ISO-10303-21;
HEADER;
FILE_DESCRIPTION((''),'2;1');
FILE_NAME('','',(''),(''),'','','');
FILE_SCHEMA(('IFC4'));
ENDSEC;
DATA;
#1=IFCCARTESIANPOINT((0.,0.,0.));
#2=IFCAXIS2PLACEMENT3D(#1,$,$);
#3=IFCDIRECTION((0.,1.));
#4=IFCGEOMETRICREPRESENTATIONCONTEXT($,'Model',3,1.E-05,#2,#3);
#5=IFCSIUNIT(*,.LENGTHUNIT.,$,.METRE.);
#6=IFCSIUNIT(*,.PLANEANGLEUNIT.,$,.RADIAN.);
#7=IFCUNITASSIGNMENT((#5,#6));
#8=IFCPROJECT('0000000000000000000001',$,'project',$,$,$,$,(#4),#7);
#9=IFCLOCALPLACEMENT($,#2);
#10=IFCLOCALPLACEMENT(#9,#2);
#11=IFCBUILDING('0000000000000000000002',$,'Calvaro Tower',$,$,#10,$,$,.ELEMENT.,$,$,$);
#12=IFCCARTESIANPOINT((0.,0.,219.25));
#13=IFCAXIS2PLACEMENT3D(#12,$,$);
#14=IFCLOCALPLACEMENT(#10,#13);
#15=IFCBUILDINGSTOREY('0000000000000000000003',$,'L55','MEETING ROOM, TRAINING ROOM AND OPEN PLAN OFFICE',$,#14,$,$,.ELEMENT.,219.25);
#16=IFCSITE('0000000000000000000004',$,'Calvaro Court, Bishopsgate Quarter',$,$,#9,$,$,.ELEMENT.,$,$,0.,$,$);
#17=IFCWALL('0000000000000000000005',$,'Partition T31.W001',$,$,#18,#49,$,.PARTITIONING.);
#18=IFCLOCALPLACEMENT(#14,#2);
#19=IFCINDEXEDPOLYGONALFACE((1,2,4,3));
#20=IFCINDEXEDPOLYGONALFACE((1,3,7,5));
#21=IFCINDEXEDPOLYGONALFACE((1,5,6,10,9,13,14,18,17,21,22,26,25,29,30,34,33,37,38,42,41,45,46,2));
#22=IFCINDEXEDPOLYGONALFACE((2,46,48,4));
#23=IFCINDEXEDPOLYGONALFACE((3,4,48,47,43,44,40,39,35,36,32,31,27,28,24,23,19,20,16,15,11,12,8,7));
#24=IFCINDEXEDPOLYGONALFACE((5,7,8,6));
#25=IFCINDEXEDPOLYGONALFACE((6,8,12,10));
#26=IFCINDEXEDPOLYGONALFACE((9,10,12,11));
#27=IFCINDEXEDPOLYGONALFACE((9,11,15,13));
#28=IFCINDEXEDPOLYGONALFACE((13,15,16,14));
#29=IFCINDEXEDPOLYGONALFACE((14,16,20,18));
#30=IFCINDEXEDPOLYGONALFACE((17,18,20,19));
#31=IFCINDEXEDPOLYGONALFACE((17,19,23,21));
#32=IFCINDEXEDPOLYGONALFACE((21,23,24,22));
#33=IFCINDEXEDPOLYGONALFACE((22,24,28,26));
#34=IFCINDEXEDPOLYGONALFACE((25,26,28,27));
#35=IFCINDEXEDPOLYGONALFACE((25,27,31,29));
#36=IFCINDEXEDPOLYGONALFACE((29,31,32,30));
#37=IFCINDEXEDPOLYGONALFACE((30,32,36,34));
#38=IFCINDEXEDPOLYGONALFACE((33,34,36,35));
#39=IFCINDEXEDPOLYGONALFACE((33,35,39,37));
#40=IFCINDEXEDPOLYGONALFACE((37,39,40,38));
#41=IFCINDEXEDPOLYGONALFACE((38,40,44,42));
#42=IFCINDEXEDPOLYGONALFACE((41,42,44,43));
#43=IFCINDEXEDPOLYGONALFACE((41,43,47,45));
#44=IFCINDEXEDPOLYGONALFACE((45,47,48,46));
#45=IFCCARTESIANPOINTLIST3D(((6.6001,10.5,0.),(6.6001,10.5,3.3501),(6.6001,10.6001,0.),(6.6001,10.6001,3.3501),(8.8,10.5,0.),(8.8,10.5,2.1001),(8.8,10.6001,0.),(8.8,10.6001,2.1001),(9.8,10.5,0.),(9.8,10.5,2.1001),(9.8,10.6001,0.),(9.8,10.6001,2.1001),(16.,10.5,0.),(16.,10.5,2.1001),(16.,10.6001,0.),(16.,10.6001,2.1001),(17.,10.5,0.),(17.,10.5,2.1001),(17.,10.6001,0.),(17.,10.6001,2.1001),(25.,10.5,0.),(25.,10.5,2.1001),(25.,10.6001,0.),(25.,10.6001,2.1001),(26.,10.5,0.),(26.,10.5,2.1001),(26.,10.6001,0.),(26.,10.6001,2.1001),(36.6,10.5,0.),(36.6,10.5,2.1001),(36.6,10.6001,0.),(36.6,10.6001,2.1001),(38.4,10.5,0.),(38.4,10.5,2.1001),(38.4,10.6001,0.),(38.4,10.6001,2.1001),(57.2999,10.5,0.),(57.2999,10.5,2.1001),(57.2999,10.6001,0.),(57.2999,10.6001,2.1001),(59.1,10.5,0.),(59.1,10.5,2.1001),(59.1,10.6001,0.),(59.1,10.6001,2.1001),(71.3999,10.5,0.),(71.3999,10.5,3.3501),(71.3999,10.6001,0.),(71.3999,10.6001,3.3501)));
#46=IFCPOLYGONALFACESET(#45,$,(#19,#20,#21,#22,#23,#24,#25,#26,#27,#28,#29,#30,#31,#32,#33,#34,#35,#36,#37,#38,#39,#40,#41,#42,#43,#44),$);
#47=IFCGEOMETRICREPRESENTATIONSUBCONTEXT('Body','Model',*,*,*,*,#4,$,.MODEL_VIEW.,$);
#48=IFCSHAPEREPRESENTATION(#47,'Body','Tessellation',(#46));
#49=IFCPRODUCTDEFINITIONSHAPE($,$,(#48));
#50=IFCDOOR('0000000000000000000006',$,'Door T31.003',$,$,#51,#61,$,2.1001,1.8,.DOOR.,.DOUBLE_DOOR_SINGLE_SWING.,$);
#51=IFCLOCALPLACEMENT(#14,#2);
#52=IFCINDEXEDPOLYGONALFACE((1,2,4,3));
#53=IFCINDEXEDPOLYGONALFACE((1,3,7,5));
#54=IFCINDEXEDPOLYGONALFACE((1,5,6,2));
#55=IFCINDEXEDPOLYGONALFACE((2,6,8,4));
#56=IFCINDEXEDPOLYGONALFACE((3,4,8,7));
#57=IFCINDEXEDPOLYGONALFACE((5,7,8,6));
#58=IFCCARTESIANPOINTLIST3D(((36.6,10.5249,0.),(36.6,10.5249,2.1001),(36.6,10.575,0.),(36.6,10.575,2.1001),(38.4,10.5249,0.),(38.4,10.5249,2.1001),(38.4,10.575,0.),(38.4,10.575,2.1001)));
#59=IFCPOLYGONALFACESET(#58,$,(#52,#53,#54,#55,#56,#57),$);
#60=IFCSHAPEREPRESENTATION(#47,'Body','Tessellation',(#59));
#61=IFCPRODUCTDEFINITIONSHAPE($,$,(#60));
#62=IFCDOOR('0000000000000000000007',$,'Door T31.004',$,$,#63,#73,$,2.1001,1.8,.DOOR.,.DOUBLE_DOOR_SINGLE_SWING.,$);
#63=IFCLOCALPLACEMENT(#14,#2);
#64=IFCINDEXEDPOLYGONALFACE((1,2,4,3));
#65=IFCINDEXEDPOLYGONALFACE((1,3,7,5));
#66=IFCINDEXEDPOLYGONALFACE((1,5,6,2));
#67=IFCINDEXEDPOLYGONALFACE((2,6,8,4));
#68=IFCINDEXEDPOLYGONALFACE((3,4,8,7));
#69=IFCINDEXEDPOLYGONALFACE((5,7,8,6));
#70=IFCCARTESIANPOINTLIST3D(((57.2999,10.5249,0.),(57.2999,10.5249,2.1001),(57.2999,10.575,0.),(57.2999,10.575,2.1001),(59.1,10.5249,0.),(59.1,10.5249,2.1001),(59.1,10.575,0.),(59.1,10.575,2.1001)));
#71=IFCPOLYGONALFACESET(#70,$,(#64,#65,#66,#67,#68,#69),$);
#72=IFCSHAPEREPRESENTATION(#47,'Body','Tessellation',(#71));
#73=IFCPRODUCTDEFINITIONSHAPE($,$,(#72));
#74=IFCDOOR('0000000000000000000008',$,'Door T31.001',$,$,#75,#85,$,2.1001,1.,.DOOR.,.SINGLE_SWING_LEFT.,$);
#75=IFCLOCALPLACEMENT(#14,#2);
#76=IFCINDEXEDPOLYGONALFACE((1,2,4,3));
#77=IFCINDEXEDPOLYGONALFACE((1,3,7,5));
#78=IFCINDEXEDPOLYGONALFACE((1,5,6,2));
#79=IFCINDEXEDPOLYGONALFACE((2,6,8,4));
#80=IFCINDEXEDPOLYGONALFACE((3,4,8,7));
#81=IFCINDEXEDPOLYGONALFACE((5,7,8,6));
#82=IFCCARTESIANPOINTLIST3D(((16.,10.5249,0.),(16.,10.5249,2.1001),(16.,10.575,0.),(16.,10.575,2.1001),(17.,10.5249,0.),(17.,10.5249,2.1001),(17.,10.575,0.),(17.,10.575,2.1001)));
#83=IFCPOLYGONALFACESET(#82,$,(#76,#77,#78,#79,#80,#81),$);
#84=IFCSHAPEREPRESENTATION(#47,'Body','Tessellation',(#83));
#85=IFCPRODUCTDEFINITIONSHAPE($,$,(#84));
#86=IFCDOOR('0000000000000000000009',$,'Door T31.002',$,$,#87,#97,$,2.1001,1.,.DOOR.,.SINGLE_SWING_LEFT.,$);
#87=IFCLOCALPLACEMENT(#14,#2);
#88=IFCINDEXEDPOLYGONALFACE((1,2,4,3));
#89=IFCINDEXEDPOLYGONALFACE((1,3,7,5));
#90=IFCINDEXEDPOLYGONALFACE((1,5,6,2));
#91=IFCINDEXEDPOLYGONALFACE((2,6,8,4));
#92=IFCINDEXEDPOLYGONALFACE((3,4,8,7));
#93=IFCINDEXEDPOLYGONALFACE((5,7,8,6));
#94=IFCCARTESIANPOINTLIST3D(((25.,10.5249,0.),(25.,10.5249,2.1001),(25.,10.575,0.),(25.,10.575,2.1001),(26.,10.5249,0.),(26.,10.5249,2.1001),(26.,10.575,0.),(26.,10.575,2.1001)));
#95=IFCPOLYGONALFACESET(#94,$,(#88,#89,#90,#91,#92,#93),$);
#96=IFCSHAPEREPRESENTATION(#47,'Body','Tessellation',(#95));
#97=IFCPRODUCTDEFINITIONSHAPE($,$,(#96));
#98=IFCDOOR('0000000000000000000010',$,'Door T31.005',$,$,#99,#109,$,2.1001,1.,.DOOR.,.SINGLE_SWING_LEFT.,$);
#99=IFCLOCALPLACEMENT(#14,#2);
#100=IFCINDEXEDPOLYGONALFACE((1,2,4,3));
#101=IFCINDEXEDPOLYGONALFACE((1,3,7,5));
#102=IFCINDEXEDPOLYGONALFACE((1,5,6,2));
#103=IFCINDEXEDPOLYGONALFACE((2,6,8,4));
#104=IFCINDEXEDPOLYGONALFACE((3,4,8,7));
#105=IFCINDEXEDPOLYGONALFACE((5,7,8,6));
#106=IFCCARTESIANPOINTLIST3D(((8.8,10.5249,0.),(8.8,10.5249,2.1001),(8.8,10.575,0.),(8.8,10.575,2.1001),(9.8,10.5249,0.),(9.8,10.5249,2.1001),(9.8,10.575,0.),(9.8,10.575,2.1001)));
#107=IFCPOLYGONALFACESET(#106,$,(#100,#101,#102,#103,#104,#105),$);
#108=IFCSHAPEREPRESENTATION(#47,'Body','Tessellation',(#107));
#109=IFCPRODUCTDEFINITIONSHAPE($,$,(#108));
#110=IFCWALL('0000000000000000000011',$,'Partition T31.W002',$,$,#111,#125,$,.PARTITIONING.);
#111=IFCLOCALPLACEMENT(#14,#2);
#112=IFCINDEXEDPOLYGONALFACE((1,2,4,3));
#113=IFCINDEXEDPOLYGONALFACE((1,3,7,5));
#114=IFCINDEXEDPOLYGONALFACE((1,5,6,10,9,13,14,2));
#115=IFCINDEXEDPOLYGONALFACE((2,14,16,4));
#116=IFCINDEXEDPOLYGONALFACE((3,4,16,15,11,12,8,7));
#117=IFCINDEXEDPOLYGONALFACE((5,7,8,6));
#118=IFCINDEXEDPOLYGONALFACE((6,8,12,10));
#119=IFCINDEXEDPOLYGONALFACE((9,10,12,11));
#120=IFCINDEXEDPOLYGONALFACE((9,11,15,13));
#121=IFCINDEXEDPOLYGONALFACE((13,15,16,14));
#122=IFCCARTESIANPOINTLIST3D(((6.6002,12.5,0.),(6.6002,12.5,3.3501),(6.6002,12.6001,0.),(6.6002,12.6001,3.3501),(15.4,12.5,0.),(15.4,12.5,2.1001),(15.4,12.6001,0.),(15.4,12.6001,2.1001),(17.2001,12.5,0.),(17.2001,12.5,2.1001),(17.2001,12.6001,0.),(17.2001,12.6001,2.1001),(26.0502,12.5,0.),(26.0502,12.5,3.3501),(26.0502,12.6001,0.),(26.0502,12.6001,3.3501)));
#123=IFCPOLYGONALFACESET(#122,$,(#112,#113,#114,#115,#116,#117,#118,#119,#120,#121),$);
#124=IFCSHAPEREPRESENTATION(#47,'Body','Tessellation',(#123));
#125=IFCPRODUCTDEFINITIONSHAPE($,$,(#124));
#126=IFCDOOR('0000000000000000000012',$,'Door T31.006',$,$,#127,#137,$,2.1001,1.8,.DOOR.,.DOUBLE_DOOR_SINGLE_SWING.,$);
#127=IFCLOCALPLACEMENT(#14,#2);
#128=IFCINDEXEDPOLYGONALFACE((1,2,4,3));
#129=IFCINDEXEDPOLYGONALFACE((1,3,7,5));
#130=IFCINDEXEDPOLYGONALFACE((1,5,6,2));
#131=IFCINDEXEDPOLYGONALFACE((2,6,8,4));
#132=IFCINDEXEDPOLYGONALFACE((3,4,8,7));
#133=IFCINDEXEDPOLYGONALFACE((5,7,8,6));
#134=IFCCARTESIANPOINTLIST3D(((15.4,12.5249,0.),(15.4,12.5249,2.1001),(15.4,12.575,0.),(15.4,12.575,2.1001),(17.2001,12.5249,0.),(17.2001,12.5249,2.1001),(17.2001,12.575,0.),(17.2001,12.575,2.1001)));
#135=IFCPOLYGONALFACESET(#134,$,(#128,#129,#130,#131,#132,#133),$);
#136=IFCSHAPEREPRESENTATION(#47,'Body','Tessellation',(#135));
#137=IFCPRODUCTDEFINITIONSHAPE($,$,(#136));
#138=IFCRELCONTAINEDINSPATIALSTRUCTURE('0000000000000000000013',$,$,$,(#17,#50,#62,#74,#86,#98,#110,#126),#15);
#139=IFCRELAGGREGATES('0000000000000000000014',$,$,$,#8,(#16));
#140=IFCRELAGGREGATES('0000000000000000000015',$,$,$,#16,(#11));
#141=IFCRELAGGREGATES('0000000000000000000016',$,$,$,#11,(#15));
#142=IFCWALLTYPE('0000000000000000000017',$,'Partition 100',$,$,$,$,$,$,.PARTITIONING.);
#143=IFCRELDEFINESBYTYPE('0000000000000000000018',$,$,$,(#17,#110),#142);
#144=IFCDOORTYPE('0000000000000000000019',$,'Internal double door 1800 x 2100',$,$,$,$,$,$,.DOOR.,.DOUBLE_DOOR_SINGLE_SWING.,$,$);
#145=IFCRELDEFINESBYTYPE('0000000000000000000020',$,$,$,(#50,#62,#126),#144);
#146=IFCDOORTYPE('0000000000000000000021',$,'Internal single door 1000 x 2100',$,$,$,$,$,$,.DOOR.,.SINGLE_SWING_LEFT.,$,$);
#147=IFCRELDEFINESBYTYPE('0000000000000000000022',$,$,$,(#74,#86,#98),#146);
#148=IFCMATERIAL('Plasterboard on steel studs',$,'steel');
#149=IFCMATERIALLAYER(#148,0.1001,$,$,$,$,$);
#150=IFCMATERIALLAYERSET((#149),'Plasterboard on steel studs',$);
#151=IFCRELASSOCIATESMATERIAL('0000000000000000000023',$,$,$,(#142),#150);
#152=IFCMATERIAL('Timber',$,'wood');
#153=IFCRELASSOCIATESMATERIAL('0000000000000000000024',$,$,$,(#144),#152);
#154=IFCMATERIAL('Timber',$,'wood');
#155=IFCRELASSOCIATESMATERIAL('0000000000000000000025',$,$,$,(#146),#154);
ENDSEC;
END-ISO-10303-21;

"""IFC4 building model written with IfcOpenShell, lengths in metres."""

from ifc_helpers import new_model, si_unit, direction, frame, frame_2d, origin, place, context, subcontext, project, spatial, rectangle, extrude, material, layer, layer_set, type_object, element, fill, save


model = new_model("IFC4")

# Units and contexts
model_context = context("Model", 3, precision=1e-05, world=origin(), true_north=direction((0.0, 1.0)))
body_context = subcontext(model_context, "Body", "Model", "MODEL_VIEW")
ifc_project = project(units=[si_unit("LENGTHUNIT", "METRE"), si_unit("PLANEANGLEUNIT", "RADIAN")], contexts=[model_context])

# Site, building, storey
site_placement = place(None, origin())
site = spatial("IfcSite", under=ifc_project, at=site_placement, Name="Calvaro Court, Bishopsgate Quarter", CompositionType="ELEMENT", RefElevation=0.0)
building_placement = place(site_placement, origin())
building = spatial("IfcBuilding", under=site, at=building_placement, Name="Calvaro Tower", CompositionType="ELEMENT")
storey_placement = place(building_placement, frame((0.0, 0.0, 219.25)))
storey = spatial("IfcBuildingStorey", under=building, at=storey_placement, Name="L55", Description="MEETING ROOM, TRAINING ROOM AND OPEN PLAN OFFICE", CompositionType="ELEMENT", Elevation=219.25)

# Wall, openings, doors
ifc_material_1 = material(Name="Plasterboard on steel studs", Category="steel")
ifc_layer_1 = layer(ifc_material_1, 0.1001)
ifc_layer_set_1 = layer_set([ifc_layer_1], Name="Plasterboard on steel studs")
wall_type_1 = type_object("IfcWallType", Name="Partition 100", PredefinedType="PARTITIONING", material=ifc_layer_set_1)
wall_1_placement = place(storey_placement, frame((6.6001, 10.55, 0.0), z_axis=(0.0, 0.0, 1.0), x_axis=(1.0, 0.0, 0.0)))
wall_1 = element("IfcWall", 1, at=wall_1_placement, inside=storey, type_object=wall_type_1, Name="Partition T31.W001", PredefinedType="PARTITIONING", context=body_context, shape_type="SweptSolid", body=[
    extrude(rectangle(XDim=64.7998, YDim=0.1001, at=frame_2d((32.3999, 0.0))), origin(), (0.0, 0.0, 1.0), 3.3501),
])
opening_1_placement = place(wall_1_placement, frame((9.3999, 0.0, 0.0)))
opening_1 = element("IfcOpeningElement", 2, at=opening_1_placement, cuts=wall_1, PredefinedType="OPENING", context=body_context, shape_type="SweptSolid", body=[
    extrude(rectangle(XDim=1.0, YDim=2.1001, at=frame_2d((0.5, 1.05))), frame((0.0, 0.0601, 0.0), z_axis=(0.0, -1.0, 0.0), x_axis=(1.0, 0.0, 0.0)), (0.0, 0.0, 1.0), 0.1201),
])
opening_2_placement = place(wall_1_placement, frame((18.3999, 0.0, 0.0)))
opening_2 = element("IfcOpeningElement", 3, at=opening_2_placement, cuts=wall_1, PredefinedType="OPENING", context=body_context, shape_type="SweptSolid", body=[
    extrude(rectangle(XDim=1.0, YDim=2.1001, at=frame_2d((0.5, 1.05))), frame((0.0, 0.0601, 0.0), z_axis=(0.0, -1.0, 0.0), x_axis=(1.0, 0.0, 0.0)), (0.0, 0.0, 1.0), 0.1201),
])
opening_3_placement = place(wall_1_placement, frame((30.0, 0.0, 0.0)))
opening_3 = element("IfcOpeningElement", 4, at=opening_3_placement, cuts=wall_1, PredefinedType="OPENING", context=body_context, shape_type="SweptSolid", body=[
    extrude(rectangle(XDim=1.8, YDim=2.1001, at=frame_2d((0.8999, 1.05))), frame((0.0, 0.0601, 0.0), z_axis=(0.0, -1.0, 0.0), x_axis=(1.0, 0.0, 0.0)), (0.0, 0.0, 1.0), 0.1201),
])
opening_4_placement = place(wall_1_placement, frame((50.7, 0.0, 0.0)))
opening_4 = element("IfcOpeningElement", 5, at=opening_4_placement, cuts=wall_1, PredefinedType="OPENING", context=body_context, shape_type="SweptSolid", body=[
    extrude(rectangle(XDim=1.8, YDim=2.1001, at=frame_2d((0.8999, 1.05))), frame((0.0, 0.0601, 0.0), z_axis=(0.0, -1.0, 0.0), x_axis=(1.0, 0.0, 0.0)), (0.0, 0.0, 1.0), 0.1201),
])
opening_5_placement = place(wall_1_placement, frame((2.2, 0.0, 0.0)))
opening_5 = element("IfcOpeningElement", 6, at=opening_5_placement, cuts=wall_1, PredefinedType="OPENING", context=body_context, shape_type="SweptSolid", body=[
    extrude(rectangle(XDim=1.0, YDim=2.1001, at=frame_2d((0.5, 1.05))), frame((0.0, 0.0601, 0.0), z_axis=(0.0, -1.0, 0.0), x_axis=(1.0, 0.0, 0.0)), (0.0, 0.0, 1.0), 0.1201),
])
ifc_material_2 = material(Name="Timber", Category="wood")
door_type_1 = type_object("IfcDoorType", Name="Internal double door 1800 x 2100", OperationType="DOUBLE_DOOR_SINGLE_SWING", PredefinedType="DOOR", material=ifc_material_2)
door_1_placement = place(opening_3_placement, origin())
door_1 = element("IfcDoor", 7, at=door_1_placement, inside=storey, type_object=door_type_1, Name="Door T31.003", OperationType="DOUBLE_DOOR_SINGLE_SWING", OverallHeight=2.1001, OverallWidth=1.8, PredefinedType="DOOR", context=body_context, shape_type="SweptSolid", body=[
    extrude(rectangle(XDim=1.8, YDim=2.1001, at=frame_2d((0.8999, 1.05))), frame((0.0, 0.0249, 0.0), z_axis=(0.0, -1.0, 0.0), x_axis=(1.0, 0.0, 0.0)), (0.0, 0.0, 1.0), 0.05),
])
fill(opening_3, door_1)
door_2_placement = place(opening_4_placement, origin())
door_2 = element("IfcDoor", 8, at=door_2_placement, inside=storey, type_object=door_type_1, Name="Door T31.004", OperationType="DOUBLE_DOOR_SINGLE_SWING", OverallHeight=2.1001, OverallWidth=1.8, PredefinedType="DOOR", context=body_context, shape_type="SweptSolid", body=[
    extrude(rectangle(XDim=1.8, YDim=2.1001, at=frame_2d((0.8999, 1.05))), frame((0.0, 0.0249, 0.0), z_axis=(0.0, -1.0, 0.0), x_axis=(1.0, 0.0, 0.0)), (0.0, 0.0, 1.0), 0.05),
])
fill(opening_4, door_2)
ifc_material_3 = material(Name="Timber", Category="wood")
door_type_2 = type_object("IfcDoorType", Name="Internal single door 1000 x 2100", OperationType="SINGLE_SWING_LEFT", PredefinedType="DOOR", material=ifc_material_3)
door_3_placement = place(opening_1_placement, origin())
door_3 = element("IfcDoor", 9, at=door_3_placement, inside=storey, type_object=door_type_2, Name="Door T31.001", OperationType="SINGLE_SWING_LEFT", OverallHeight=2.1001, OverallWidth=1.0, PredefinedType="DOOR", context=body_context, shape_type="SweptSolid", body=[
    extrude(rectangle(XDim=1.0, YDim=2.1001, at=frame_2d((0.5, 1.05))), frame((0.0, 0.0249, 0.0), z_axis=(0.0, -1.0, 0.0), x_axis=(1.0, 0.0, 0.0)), (0.0, 0.0, 1.0), 0.05),
])
fill(opening_1, door_3)
door_4_placement = place(opening_2_placement, origin())
door_4 = element("IfcDoor", 10, at=door_4_placement, inside=storey, type_object=door_type_2, Name="Door T31.002", OperationType="SINGLE_SWING_LEFT", OverallHeight=2.1001, OverallWidth=1.0, PredefinedType="DOOR", context=body_context, shape_type="SweptSolid", body=[
    extrude(rectangle(XDim=1.0, YDim=2.1001, at=frame_2d((0.5, 1.05))), frame((0.0, 0.0249, 0.0), z_axis=(0.0, -1.0, 0.0), x_axis=(1.0, 0.0, 0.0)), (0.0, 0.0, 1.0), 0.05),
])
fill(opening_2, door_4)
door_5_placement = place(opening_5_placement, origin())
door_5 = element("IfcDoor", 11, at=door_5_placement, inside=storey, type_object=door_type_2, Name="Door T31.005", OperationType="SINGLE_SWING_LEFT", OverallHeight=2.1001, OverallWidth=1.0, PredefinedType="DOOR", context=body_context, shape_type="SweptSolid", body=[
    extrude(rectangle(XDim=1.0, YDim=2.1001, at=frame_2d((0.5, 1.05))), frame((0.0, 0.0249, 0.0), z_axis=(0.0, -1.0, 0.0), x_axis=(1.0, 0.0, 0.0)), (0.0, 0.0, 1.0), 0.05),
])
fill(opening_5, door_5)

# Wall, opening, door
wall_2_placement = place(storey_placement, frame((6.6001, 12.55, 0.0), z_axis=(0.0, 0.0, 1.0), x_axis=(1.0, 0.0, 0.0)))
wall_2 = element("IfcWall", 12, at=wall_2_placement, inside=storey, type_object=wall_type_1, Name="Partition T31.W002", PredefinedType="PARTITIONING", context=body_context, shape_type="SweptSolid", body=[
    extrude(rectangle(XDim=19.45, YDim=0.1001, at=frame_2d((9.7251, 0.0))), origin(), (0.0, 0.0, 1.0), 3.3501),
])
opening_6_placement = place(wall_2_placement, frame((8.8, 0.0, 0.0)))
opening_6 = element("IfcOpeningElement", 13, at=opening_6_placement, cuts=wall_2, PredefinedType="OPENING", context=body_context, shape_type="SweptSolid", body=[
    extrude(rectangle(XDim=1.8, YDim=2.1001, at=frame_2d((0.8999, 1.05))), frame((0.0, 0.0601, 0.0), z_axis=(0.0, -1.0, 0.0), x_axis=(1.0, 0.0, 0.0)), (0.0, 0.0, 1.0), 0.1201),
])
door_6_placement = place(opening_6_placement, origin())
door_6 = element("IfcDoor", 14, at=door_6_placement, inside=storey, type_object=door_type_1, Name="Door T31.006", OperationType="DOUBLE_DOOR_SINGLE_SWING", OverallHeight=2.1001, OverallWidth=1.8, PredefinedType="DOOR", context=body_context, shape_type="SweptSolid", body=[
    extrude(rectangle(XDim=1.8, YDim=2.1001, at=frame_2d((0.8999, 1.05))), frame((0.0, 0.0249, 0.0), z_axis=(0.0, -1.0, 0.0), x_axis=(1.0, 0.0, 0.0)), (0.0, 0.0, 1.0), 0.05),
])
fill(opening_6, door_6)

save(model, "model.ifc")
